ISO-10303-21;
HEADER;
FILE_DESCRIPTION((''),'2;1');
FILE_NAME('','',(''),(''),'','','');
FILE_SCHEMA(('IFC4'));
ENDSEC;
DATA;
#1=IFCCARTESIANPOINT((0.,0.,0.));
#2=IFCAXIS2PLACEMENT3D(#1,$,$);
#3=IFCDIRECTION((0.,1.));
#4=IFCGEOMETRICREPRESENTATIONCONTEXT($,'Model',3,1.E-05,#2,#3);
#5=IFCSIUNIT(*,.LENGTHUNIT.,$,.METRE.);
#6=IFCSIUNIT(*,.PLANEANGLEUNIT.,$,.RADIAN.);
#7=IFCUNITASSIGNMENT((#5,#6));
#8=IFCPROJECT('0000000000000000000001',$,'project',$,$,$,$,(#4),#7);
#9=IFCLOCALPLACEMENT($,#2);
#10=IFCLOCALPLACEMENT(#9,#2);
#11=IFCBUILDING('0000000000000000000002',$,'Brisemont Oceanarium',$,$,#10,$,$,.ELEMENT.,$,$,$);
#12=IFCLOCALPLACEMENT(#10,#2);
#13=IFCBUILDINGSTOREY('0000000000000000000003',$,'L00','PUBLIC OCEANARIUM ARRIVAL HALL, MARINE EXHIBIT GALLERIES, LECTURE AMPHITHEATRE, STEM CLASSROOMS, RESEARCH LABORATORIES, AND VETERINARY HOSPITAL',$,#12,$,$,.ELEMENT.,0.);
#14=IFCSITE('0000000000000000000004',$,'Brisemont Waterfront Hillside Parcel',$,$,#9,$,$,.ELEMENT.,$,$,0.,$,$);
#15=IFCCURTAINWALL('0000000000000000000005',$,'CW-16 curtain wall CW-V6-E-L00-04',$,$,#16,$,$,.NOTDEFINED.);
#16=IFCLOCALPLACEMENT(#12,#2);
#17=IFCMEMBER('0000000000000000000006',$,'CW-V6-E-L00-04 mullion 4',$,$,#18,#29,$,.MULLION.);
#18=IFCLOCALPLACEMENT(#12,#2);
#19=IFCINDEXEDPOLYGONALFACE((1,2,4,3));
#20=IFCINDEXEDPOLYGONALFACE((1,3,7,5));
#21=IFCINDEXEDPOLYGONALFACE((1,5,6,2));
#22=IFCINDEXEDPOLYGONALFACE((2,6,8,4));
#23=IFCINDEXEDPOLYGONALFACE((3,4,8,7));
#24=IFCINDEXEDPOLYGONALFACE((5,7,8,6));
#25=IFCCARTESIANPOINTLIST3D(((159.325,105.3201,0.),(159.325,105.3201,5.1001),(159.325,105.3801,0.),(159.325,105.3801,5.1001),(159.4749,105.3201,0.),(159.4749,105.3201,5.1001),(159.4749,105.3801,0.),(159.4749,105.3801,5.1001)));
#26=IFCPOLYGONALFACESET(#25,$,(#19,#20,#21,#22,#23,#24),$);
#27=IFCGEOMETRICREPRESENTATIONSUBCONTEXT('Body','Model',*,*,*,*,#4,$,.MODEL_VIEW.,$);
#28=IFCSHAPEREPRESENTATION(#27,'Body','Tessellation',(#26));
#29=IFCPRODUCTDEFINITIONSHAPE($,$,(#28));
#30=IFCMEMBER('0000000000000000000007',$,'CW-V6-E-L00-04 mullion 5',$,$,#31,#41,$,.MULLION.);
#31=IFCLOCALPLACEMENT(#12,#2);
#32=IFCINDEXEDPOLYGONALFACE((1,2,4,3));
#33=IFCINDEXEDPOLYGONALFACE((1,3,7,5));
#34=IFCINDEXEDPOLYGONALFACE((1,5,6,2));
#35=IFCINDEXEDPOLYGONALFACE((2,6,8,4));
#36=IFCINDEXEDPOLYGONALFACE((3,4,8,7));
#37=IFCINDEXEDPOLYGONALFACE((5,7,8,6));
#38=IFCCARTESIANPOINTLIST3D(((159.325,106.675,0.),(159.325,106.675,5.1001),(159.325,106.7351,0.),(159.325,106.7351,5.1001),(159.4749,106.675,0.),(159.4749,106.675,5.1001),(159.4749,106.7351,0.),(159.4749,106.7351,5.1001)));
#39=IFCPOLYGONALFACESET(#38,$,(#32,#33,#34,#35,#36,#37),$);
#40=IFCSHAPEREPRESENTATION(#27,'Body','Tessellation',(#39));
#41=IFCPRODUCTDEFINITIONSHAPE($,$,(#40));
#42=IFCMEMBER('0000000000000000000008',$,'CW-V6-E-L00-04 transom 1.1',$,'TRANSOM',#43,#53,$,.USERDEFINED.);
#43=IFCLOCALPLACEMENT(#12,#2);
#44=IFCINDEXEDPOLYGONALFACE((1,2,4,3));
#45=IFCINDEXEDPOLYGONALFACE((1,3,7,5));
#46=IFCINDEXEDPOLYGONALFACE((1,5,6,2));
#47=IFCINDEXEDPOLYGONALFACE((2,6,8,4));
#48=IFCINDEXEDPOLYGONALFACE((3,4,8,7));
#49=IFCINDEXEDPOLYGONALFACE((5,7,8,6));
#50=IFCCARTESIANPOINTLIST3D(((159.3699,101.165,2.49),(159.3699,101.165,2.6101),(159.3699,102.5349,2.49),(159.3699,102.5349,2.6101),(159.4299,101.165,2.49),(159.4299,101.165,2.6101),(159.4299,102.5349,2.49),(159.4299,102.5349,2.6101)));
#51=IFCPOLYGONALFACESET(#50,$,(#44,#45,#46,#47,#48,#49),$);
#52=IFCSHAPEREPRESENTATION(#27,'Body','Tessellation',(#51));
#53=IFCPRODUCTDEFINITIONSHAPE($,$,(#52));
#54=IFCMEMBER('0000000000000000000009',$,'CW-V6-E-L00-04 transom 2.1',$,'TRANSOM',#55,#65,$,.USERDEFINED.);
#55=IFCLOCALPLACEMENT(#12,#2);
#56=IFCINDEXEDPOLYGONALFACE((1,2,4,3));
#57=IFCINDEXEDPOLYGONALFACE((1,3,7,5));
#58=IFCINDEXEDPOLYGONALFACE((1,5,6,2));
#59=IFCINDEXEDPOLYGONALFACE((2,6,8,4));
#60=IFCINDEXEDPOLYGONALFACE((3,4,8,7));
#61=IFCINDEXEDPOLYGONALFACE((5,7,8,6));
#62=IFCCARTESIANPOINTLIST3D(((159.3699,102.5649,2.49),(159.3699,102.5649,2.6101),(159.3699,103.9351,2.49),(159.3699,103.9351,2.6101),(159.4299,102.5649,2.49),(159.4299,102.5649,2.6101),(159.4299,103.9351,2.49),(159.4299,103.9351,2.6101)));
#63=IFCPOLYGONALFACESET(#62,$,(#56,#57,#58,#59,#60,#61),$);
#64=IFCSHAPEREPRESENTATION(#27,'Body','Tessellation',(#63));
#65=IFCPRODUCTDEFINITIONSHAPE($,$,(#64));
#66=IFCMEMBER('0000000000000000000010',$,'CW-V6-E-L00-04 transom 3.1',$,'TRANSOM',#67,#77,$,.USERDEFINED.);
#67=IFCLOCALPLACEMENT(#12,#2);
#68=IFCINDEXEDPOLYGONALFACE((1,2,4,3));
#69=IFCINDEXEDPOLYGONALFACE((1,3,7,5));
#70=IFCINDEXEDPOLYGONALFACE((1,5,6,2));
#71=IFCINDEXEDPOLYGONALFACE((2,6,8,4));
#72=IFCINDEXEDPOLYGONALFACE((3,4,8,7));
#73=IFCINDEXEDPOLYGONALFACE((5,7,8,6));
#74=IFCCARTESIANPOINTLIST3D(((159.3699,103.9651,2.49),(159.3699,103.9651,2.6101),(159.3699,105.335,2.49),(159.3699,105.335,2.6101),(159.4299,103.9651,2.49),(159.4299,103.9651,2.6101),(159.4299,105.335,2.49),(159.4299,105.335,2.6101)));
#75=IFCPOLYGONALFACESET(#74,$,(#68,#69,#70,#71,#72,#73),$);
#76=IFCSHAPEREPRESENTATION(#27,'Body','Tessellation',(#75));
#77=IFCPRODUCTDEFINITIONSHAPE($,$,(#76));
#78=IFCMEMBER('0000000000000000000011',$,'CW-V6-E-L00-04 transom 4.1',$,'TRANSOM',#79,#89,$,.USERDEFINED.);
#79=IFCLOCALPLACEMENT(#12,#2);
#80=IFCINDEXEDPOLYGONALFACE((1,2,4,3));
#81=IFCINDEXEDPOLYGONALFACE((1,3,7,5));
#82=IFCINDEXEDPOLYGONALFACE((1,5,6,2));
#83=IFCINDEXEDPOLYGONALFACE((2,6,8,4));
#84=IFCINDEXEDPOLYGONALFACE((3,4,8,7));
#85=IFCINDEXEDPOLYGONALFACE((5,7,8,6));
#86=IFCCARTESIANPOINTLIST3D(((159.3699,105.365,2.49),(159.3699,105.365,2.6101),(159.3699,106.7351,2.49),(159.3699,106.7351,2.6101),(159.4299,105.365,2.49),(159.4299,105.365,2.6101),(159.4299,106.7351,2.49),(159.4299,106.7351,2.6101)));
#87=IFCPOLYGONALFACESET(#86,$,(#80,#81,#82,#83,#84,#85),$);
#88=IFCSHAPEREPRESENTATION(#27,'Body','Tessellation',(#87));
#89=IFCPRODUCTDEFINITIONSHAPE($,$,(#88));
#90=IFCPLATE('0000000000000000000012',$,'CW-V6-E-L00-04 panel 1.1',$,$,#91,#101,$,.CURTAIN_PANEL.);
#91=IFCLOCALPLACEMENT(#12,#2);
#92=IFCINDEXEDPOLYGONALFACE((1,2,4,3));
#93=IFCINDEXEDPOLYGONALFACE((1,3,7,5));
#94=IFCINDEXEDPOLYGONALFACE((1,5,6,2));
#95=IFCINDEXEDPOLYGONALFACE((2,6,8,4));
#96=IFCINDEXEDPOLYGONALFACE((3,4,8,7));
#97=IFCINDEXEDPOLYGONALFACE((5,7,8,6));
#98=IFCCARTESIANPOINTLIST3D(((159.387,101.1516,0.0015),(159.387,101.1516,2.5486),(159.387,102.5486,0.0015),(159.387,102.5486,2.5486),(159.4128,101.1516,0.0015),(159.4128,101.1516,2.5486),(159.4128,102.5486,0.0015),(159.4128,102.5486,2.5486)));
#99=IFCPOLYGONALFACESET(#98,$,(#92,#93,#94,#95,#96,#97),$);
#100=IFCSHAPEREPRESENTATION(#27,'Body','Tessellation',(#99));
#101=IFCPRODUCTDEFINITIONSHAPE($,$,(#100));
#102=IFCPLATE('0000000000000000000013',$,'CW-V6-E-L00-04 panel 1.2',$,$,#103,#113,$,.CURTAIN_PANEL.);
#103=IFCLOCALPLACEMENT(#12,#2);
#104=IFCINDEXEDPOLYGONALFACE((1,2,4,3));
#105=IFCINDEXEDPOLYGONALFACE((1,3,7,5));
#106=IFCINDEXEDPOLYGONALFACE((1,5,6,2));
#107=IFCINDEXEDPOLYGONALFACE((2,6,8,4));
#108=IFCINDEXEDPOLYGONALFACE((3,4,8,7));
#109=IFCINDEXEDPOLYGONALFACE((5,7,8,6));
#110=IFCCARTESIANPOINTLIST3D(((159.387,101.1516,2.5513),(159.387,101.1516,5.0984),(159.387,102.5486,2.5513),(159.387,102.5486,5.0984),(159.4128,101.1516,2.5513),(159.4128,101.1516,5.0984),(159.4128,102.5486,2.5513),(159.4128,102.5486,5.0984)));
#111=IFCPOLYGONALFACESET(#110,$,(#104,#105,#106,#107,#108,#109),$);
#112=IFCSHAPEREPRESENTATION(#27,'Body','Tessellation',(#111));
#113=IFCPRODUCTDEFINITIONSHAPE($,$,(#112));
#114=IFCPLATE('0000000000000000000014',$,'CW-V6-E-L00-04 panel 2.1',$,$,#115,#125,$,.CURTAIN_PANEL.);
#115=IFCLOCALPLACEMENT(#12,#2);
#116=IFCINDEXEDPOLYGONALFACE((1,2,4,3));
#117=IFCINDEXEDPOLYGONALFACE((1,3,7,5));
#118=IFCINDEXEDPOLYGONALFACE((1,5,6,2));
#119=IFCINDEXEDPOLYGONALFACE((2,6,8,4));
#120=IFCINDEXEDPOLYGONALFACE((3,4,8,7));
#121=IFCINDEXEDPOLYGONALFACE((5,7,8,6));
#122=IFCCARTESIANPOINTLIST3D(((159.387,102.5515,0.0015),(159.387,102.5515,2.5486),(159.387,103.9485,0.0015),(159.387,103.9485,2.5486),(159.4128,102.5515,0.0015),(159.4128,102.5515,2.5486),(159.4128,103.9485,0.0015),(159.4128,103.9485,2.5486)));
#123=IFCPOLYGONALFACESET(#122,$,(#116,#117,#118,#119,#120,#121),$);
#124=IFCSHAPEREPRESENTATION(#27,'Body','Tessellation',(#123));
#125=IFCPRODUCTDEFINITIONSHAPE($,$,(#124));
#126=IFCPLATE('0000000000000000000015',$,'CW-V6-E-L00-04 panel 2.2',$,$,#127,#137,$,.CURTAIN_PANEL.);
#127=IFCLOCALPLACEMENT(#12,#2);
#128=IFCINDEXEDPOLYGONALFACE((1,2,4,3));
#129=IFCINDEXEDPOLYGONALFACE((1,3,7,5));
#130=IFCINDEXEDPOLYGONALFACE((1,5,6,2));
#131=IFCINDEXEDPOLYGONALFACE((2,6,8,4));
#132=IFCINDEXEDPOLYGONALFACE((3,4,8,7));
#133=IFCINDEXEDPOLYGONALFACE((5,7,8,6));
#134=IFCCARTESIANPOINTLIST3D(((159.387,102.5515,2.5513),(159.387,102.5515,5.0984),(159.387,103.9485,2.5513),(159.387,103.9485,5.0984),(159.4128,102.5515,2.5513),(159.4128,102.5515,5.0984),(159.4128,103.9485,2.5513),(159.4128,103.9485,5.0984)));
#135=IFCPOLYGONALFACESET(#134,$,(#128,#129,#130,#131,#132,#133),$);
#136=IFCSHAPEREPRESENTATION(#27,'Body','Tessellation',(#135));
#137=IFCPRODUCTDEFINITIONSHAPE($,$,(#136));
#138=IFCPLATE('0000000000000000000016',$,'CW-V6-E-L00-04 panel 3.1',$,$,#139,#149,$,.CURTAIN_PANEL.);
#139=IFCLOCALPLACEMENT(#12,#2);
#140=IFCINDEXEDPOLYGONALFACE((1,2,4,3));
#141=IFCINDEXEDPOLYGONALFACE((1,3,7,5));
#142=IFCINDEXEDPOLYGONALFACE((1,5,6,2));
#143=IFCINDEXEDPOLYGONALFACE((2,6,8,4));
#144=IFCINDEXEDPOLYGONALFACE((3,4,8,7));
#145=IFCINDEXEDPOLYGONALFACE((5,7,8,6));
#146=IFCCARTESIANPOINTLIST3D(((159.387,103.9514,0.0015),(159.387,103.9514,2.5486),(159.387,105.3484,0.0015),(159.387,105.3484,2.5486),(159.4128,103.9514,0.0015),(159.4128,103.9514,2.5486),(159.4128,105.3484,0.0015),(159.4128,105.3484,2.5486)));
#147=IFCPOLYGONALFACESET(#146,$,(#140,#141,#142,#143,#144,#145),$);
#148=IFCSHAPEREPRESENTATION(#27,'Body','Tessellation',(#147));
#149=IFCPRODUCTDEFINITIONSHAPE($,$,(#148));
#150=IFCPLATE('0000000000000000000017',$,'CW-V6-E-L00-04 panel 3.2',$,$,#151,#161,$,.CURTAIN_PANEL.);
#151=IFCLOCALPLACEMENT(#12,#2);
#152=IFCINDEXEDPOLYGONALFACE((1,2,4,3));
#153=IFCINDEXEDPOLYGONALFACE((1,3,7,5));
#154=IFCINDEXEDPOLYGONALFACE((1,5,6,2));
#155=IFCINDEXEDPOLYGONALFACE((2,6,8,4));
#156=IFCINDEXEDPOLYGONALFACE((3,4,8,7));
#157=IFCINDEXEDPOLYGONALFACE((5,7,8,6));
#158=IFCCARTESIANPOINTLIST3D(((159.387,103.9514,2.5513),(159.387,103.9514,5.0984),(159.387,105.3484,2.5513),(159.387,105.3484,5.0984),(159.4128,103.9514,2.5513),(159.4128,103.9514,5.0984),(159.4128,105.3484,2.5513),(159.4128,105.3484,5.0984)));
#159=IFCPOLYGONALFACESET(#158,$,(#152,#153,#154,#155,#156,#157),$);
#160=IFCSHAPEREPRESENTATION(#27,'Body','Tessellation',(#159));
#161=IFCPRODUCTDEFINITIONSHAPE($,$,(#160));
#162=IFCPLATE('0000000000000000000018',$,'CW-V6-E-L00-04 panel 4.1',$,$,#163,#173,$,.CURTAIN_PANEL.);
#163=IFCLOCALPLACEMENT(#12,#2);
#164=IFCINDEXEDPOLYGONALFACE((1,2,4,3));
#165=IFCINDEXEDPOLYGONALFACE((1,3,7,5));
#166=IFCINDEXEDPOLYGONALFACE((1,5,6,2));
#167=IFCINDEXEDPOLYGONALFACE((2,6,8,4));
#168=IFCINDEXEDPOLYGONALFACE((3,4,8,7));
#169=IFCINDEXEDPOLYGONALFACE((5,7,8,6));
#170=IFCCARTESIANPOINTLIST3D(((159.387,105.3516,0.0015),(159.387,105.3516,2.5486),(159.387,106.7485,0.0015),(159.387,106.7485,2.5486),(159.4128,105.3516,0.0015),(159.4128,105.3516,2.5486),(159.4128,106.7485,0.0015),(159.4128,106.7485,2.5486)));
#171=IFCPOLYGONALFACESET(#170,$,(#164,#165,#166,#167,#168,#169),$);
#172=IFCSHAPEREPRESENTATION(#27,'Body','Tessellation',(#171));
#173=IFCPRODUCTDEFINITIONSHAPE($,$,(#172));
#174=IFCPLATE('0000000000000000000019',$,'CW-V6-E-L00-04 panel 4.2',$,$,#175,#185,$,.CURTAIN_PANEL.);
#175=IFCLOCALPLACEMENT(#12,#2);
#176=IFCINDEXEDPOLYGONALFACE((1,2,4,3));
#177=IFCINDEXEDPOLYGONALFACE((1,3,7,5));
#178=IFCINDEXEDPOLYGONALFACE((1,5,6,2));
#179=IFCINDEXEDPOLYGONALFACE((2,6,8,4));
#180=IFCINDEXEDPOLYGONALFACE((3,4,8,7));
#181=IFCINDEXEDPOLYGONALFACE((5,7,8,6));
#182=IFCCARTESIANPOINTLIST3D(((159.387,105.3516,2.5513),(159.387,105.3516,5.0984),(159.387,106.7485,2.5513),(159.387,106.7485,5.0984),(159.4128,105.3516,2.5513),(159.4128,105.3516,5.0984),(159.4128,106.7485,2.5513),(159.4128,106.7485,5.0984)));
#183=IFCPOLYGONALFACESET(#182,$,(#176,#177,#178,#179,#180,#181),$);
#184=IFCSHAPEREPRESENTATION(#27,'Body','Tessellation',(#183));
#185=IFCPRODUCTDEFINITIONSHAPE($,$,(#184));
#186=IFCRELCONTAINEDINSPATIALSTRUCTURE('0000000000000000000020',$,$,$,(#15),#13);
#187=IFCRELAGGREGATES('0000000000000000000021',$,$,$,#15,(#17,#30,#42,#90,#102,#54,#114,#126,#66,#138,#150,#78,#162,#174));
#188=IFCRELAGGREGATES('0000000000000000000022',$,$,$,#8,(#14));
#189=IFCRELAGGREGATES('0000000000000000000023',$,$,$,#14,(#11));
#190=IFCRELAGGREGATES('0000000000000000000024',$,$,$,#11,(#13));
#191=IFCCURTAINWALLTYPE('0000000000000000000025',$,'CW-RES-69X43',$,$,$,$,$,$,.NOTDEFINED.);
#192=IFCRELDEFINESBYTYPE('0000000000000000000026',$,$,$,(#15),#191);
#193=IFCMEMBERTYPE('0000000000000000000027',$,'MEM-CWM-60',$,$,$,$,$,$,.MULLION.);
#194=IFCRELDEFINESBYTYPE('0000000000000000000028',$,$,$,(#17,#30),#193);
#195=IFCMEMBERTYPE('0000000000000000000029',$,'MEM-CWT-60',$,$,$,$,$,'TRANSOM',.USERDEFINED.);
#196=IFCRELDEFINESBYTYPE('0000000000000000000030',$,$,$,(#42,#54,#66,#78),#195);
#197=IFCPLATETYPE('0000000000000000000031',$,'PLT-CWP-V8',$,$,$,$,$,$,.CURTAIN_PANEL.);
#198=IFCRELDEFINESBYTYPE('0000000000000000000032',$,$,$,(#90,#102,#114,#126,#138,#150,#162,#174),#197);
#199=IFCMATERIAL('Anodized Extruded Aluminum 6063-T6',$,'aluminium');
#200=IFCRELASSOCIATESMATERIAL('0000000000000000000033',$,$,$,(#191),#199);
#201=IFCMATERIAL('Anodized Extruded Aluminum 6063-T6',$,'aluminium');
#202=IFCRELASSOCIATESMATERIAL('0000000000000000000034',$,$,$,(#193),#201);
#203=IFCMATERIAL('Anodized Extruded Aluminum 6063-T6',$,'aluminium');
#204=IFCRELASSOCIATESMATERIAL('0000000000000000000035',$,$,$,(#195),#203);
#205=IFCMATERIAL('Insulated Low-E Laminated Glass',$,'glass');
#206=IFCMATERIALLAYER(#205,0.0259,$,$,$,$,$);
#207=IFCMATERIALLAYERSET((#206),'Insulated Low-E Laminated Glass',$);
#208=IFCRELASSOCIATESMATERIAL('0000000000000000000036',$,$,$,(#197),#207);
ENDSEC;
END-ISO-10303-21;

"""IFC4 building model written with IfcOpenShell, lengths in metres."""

from ifc_helpers import new_model, si_unit, direction, frame, origin, origin_2d, place, context, subcontext, project, spatial, rectangle, extrude, material, layer, layer_set, material_profile, profile_set, type_object, element, aggregate, save


model = new_model("IFC4")

# Units and contexts
model_context = context("Model", 3, precision=1e-05, world=origin(), true_north=direction((0.0, 1.0)))
body_context = subcontext(model_context, "Body", "Model", "MODEL_VIEW")
ifc_project = project(units=[si_unit("LENGTHUNIT", "METRE"), si_unit("PLANEANGLEUNIT", "RADIAN")], contexts=[model_context])

# Site, building, storey
site_placement = place(None, origin())
site = spatial("IfcSite", under=ifc_project, at=site_placement, Name="Brisemont Waterfront Hillside Parcel", CompositionType="ELEMENT", RefElevation=0.0)
building_placement = place(site_placement, origin())
building = spatial("IfcBuilding", under=site, at=building_placement, Name="Brisemont Oceanarium", CompositionType="ELEMENT")
storey_placement = place(building_placement, origin())
storey = spatial("IfcBuildingStorey", under=building, at=storey_placement, Name="L00", Description="PUBLIC OCEANARIUM ARRIVAL HALL, MARINE EXHIBIT GALLERIES, LECTURE AMPHITHEATRE, STEM CLASSROOMS, RESEARCH LABORATORIES, AND VETERINARY HOSPITAL", CompositionType="ELEMENT", Elevation=0.0)

# Shared definitions
ifc_material_1 = material(Name="Anodized Extruded Aluminum 6063-T6", Category="aluminium")
curtain_wall_type = type_object("IfcCurtainWallType", Name="CW-RES-69X43", PredefinedType="NOTDEFINED", material=ifc_material_1)
ifc_material_2 = material(Name="Anodized Extruded Aluminum 6063-T6", Category="aluminium")
ifc_material_profile_1 = material_profile(ifc_material_2, rectangle(XDim=0.0601, YDim=0.1499, at=origin_2d()), Name="CWM-60X150")
ifc_profile_set_1 = profile_set([ifc_material_profile_1], Name="Anodized Extruded Aluminum 6063-T6")
member_type_1 = type_object("IfcMemberType", Name="MEM-CWM-60", PredefinedType="MULLION", material=ifc_profile_set_1)

# Curtain wall, members, plates
curtain_wall_1_placement = place(storey_placement, origin())
curtain_wall_1 = element("IfcCurtainWall", 1, at=curtain_wall_1_placement, inside=storey, type_object=curtain_wall_type, Name="CW-16 curtain wall CW-V6-E-L00-04", PredefinedType="NOTDEFINED")
member_1_placement = place(storey_placement, frame((159.3999, 105.3501, 0.0), z_axis=(0.0, 0.0, 1.0), x_axis=(0.0, 1.0, 0.0)))
member_1 = element("IfcMember", 2, at=member_1_placement, type_object=member_type_1, Name="CW-V6-E-L00-04 mullion 4", PredefinedType="MULLION", context=body_context, shape_type="SweptSolid", body=[
    extrude(rectangle(XDim=0.0601, YDim=0.1499, at=origin_2d()), origin(), (0.0, 0.0, 1.0), 5.1001),
])
member_2_placement = place(storey_placement, frame((159.3999, 106.7051, 0.0), z_axis=(0.0, 0.0, 1.0), x_axis=(0.0, 1.0, 0.0)))
member_2 = element("IfcMember", 3, at=member_2_placement, type_object=member_type_1, Name="CW-V6-E-L00-04 mullion 5", PredefinedType="MULLION", context=body_context, shape_type="SweptSolid", body=[
    extrude(rectangle(XDim=0.0601, YDim=0.1499, at=origin_2d()), origin(), (0.0, 0.0, 1.0), 5.1001),
])
ifc_material_3 = material(Name="Anodized Extruded Aluminum 6063-T6", Category="aluminium")
ifc_material_profile_2 = material_profile(ifc_material_3, rectangle(XDim=0.0601, YDim=0.1201, at=origin_2d()), Name="CWT-60X120")
ifc_profile_set_2 = profile_set([ifc_material_profile_2], Name="Anodized Extruded Aluminum 6063-T6")
member_type_2 = type_object("IfcMemberType", Name="MEM-CWT-60", ElementType="TRANSOM", PredefinedType="USERDEFINED", material=ifc_profile_set_2)
member_3_placement = place(storey_placement, frame((159.3999, 101.165, 2.55), z_axis=(0.0, 1.0, 0.0), x_axis=(-1.0, 0.0, 0.0)))
member_3 = element("IfcMember", 4, at=member_3_placement, type_object=member_type_2, Name="CW-V6-E-L00-04 transom 1.1", ObjectType="TRANSOM", PredefinedType="USERDEFINED", context=body_context, shape_type="SweptSolid", body=[
    extrude(rectangle(XDim=0.0601, YDim=0.1201, at=origin_2d()), origin(), (0.0, 0.0, 1.0), 1.3699),
])
member_4_placement = place(storey_placement, frame((159.3999, 102.5649, 2.55), z_axis=(0.0, 1.0, 0.0), x_axis=(-1.0, 0.0, 0.0)))
member_4 = element("IfcMember", 5, at=member_4_placement, type_object=member_type_2, Name="CW-V6-E-L00-04 transom 2.1", ObjectType="TRANSOM", PredefinedType="USERDEFINED", context=body_context, shape_type="SweptSolid", body=[
    extrude(rectangle(XDim=0.0601, YDim=0.1201, at=origin_2d()), origin(), (0.0, 0.0, 1.0), 1.3701),
])
member_5_placement = place(storey_placement, frame((159.3999, 103.9651, 2.55), z_axis=(0.0, 1.0, 0.0), x_axis=(-1.0, 0.0, 0.0)))
member_5 = element("IfcMember", 6, at=member_5_placement, type_object=member_type_2, Name="CW-V6-E-L00-04 transom 3.1", ObjectType="TRANSOM", PredefinedType="USERDEFINED", context=body_context, shape_type="SweptSolid", body=[
    extrude(rectangle(XDim=0.0601, YDim=0.1201, at=origin_2d()), origin(), (0.0, 0.0, 1.0), 1.3699),
])
member_6_placement = place(storey_placement, frame((159.3999, 105.365, 2.55), z_axis=(0.0, 1.0, 0.0), x_axis=(-1.0, 0.0, 0.0)))
member_6 = element("IfcMember", 7, at=member_6_placement, type_object=member_type_2, Name="CW-V6-E-L00-04 transom 4.1", ObjectType="TRANSOM", PredefinedType="USERDEFINED", context=body_context, shape_type="SweptSolid", body=[
    extrude(rectangle(XDim=0.0601, YDim=0.1201, at=origin_2d()), origin(), (0.0, 0.0, 1.0), 1.3701),
])
ifc_material_4 = material(Name="Insulated Low-E Laminated Glass", Category="glass")
ifc_layer = layer(ifc_material_4, 0.0259)
ifc_layer_set = layer_set([ifc_layer], Name="Insulated Low-E Laminated Glass")
plate_type = type_object("IfcPlateType", Name="PLT-CWP-V8", PredefinedType="CURTAIN_PANEL", material=ifc_layer_set)
plate_1_placement = place(storey_placement, frame((159.3999, 101.8501, 0.0015), z_axis=(0.0, 0.0, 1.0), x_axis=(0.0, 1.0, 0.0)))
plate_1 = element("IfcPlate", 8, at=plate_1_placement, type_object=plate_type, Name="CW-V6-E-L00-04 panel 1.1", PredefinedType="CURTAIN_PANEL", context=body_context, shape_type="SweptSolid", body=[
    extrude(rectangle(XDim=1.397, YDim=0.0259, at=origin_2d()), origin(), (0.0, 0.0, 1.0), 2.5471),
])
plate_2_placement = place(storey_placement, frame((159.3999, 101.8501, 2.5513), z_axis=(0.0, 0.0, 1.0), x_axis=(0.0, 1.0, 0.0)))
plate_2 = element("IfcPlate", 9, at=plate_2_placement, type_object=plate_type, Name="CW-V6-E-L00-04 panel 1.2", PredefinedType="CURTAIN_PANEL", context=body_context, shape_type="SweptSolid", body=[
    extrude(rectangle(XDim=1.397, YDim=0.0259, at=origin_2d()), origin(), (0.0, 0.0, 1.0), 2.5471),
])
plate_3_placement = place(storey_placement, frame((159.3999, 103.25, 0.0015), z_axis=(0.0, 0.0, 1.0), x_axis=(0.0, 1.0, 0.0)))
plate_3 = element("IfcPlate", 10, at=plate_3_placement, type_object=plate_type, Name="CW-V6-E-L00-04 panel 2.1", PredefinedType="CURTAIN_PANEL", context=body_context, shape_type="SweptSolid", body=[
    extrude(rectangle(XDim=1.397, YDim=0.0259, at=origin_2d()), origin(), (0.0, 0.0, 1.0), 2.5471),
])
plate_4_placement = place(storey_placement, frame((159.3999, 103.25, 2.5513), z_axis=(0.0, 0.0, 1.0), x_axis=(0.0, 1.0, 0.0)))
plate_4 = element("IfcPlate", 11, at=plate_4_placement, type_object=plate_type, Name="CW-V6-E-L00-04 panel 2.2", PredefinedType="CURTAIN_PANEL", context=body_context, shape_type="SweptSolid", body=[
    extrude(rectangle(XDim=1.397, YDim=0.0259, at=origin_2d()), origin(), (0.0, 0.0, 1.0), 2.5471),
])
plate_5_placement = place(storey_placement, frame((159.3999, 104.6499, 0.0015), z_axis=(0.0, 0.0, 1.0), x_axis=(0.0, 1.0, 0.0)))
plate_5 = element("IfcPlate", 12, at=plate_5_placement, type_object=plate_type, Name="CW-V6-E-L00-04 panel 3.1", PredefinedType="CURTAIN_PANEL", context=body_context, shape_type="SweptSolid", body=[
    extrude(rectangle(XDim=1.397, YDim=0.0259, at=origin_2d()), origin(), (0.0, 0.0, 1.0), 2.5471),
])
plate_6_placement = place(storey_placement, frame((159.3999, 104.6499, 2.5513), z_axis=(0.0, 0.0, 1.0), x_axis=(0.0, 1.0, 0.0)))
plate_6 = element("IfcPlate", 13, at=plate_6_placement, type_object=plate_type, Name="CW-V6-E-L00-04 panel 3.2", PredefinedType="CURTAIN_PANEL", context=body_context, shape_type="SweptSolid", body=[
    extrude(rectangle(XDim=1.397, YDim=0.0259, at=origin_2d()), origin(), (0.0, 0.0, 1.0), 2.5471),
])
plate_7_placement = place(storey_placement, frame((159.3999, 106.05, 0.0015), z_axis=(0.0, 0.0, 1.0), x_axis=(0.0, 1.0, 0.0)))
plate_7 = element("IfcPlate", 14, at=plate_7_placement, type_object=plate_type, Name="CW-V6-E-L00-04 panel 4.1", PredefinedType="CURTAIN_PANEL", context=body_context, shape_type="SweptSolid", body=[
    extrude(rectangle(XDim=1.397, YDim=0.0259, at=origin_2d()), origin(), (0.0, 0.0, 1.0), 2.5471),
])
plate_8_placement = place(storey_placement, frame((159.3999, 106.05, 2.5513), z_axis=(0.0, 0.0, 1.0), x_axis=(0.0, 1.0, 0.0)))
plate_8 = element("IfcPlate", 15, at=plate_8_placement, type_object=plate_type, Name="CW-V6-E-L00-04 panel 4.2", PredefinedType="CURTAIN_PANEL", context=body_context, shape_type="SweptSolid", body=[
    extrude(rectangle(XDim=1.397, YDim=0.0259, at=origin_2d()), origin(), (0.0, 0.0, 1.0), 2.5471),
])
aggregate(curtain_wall_1, [member_1, member_2, member_3, plate_1, plate_2, member_4, plate_3, plate_4, member_5, plate_5, plate_6, member_6, plate_7, plate_8])

save(model, "model.ifc")
